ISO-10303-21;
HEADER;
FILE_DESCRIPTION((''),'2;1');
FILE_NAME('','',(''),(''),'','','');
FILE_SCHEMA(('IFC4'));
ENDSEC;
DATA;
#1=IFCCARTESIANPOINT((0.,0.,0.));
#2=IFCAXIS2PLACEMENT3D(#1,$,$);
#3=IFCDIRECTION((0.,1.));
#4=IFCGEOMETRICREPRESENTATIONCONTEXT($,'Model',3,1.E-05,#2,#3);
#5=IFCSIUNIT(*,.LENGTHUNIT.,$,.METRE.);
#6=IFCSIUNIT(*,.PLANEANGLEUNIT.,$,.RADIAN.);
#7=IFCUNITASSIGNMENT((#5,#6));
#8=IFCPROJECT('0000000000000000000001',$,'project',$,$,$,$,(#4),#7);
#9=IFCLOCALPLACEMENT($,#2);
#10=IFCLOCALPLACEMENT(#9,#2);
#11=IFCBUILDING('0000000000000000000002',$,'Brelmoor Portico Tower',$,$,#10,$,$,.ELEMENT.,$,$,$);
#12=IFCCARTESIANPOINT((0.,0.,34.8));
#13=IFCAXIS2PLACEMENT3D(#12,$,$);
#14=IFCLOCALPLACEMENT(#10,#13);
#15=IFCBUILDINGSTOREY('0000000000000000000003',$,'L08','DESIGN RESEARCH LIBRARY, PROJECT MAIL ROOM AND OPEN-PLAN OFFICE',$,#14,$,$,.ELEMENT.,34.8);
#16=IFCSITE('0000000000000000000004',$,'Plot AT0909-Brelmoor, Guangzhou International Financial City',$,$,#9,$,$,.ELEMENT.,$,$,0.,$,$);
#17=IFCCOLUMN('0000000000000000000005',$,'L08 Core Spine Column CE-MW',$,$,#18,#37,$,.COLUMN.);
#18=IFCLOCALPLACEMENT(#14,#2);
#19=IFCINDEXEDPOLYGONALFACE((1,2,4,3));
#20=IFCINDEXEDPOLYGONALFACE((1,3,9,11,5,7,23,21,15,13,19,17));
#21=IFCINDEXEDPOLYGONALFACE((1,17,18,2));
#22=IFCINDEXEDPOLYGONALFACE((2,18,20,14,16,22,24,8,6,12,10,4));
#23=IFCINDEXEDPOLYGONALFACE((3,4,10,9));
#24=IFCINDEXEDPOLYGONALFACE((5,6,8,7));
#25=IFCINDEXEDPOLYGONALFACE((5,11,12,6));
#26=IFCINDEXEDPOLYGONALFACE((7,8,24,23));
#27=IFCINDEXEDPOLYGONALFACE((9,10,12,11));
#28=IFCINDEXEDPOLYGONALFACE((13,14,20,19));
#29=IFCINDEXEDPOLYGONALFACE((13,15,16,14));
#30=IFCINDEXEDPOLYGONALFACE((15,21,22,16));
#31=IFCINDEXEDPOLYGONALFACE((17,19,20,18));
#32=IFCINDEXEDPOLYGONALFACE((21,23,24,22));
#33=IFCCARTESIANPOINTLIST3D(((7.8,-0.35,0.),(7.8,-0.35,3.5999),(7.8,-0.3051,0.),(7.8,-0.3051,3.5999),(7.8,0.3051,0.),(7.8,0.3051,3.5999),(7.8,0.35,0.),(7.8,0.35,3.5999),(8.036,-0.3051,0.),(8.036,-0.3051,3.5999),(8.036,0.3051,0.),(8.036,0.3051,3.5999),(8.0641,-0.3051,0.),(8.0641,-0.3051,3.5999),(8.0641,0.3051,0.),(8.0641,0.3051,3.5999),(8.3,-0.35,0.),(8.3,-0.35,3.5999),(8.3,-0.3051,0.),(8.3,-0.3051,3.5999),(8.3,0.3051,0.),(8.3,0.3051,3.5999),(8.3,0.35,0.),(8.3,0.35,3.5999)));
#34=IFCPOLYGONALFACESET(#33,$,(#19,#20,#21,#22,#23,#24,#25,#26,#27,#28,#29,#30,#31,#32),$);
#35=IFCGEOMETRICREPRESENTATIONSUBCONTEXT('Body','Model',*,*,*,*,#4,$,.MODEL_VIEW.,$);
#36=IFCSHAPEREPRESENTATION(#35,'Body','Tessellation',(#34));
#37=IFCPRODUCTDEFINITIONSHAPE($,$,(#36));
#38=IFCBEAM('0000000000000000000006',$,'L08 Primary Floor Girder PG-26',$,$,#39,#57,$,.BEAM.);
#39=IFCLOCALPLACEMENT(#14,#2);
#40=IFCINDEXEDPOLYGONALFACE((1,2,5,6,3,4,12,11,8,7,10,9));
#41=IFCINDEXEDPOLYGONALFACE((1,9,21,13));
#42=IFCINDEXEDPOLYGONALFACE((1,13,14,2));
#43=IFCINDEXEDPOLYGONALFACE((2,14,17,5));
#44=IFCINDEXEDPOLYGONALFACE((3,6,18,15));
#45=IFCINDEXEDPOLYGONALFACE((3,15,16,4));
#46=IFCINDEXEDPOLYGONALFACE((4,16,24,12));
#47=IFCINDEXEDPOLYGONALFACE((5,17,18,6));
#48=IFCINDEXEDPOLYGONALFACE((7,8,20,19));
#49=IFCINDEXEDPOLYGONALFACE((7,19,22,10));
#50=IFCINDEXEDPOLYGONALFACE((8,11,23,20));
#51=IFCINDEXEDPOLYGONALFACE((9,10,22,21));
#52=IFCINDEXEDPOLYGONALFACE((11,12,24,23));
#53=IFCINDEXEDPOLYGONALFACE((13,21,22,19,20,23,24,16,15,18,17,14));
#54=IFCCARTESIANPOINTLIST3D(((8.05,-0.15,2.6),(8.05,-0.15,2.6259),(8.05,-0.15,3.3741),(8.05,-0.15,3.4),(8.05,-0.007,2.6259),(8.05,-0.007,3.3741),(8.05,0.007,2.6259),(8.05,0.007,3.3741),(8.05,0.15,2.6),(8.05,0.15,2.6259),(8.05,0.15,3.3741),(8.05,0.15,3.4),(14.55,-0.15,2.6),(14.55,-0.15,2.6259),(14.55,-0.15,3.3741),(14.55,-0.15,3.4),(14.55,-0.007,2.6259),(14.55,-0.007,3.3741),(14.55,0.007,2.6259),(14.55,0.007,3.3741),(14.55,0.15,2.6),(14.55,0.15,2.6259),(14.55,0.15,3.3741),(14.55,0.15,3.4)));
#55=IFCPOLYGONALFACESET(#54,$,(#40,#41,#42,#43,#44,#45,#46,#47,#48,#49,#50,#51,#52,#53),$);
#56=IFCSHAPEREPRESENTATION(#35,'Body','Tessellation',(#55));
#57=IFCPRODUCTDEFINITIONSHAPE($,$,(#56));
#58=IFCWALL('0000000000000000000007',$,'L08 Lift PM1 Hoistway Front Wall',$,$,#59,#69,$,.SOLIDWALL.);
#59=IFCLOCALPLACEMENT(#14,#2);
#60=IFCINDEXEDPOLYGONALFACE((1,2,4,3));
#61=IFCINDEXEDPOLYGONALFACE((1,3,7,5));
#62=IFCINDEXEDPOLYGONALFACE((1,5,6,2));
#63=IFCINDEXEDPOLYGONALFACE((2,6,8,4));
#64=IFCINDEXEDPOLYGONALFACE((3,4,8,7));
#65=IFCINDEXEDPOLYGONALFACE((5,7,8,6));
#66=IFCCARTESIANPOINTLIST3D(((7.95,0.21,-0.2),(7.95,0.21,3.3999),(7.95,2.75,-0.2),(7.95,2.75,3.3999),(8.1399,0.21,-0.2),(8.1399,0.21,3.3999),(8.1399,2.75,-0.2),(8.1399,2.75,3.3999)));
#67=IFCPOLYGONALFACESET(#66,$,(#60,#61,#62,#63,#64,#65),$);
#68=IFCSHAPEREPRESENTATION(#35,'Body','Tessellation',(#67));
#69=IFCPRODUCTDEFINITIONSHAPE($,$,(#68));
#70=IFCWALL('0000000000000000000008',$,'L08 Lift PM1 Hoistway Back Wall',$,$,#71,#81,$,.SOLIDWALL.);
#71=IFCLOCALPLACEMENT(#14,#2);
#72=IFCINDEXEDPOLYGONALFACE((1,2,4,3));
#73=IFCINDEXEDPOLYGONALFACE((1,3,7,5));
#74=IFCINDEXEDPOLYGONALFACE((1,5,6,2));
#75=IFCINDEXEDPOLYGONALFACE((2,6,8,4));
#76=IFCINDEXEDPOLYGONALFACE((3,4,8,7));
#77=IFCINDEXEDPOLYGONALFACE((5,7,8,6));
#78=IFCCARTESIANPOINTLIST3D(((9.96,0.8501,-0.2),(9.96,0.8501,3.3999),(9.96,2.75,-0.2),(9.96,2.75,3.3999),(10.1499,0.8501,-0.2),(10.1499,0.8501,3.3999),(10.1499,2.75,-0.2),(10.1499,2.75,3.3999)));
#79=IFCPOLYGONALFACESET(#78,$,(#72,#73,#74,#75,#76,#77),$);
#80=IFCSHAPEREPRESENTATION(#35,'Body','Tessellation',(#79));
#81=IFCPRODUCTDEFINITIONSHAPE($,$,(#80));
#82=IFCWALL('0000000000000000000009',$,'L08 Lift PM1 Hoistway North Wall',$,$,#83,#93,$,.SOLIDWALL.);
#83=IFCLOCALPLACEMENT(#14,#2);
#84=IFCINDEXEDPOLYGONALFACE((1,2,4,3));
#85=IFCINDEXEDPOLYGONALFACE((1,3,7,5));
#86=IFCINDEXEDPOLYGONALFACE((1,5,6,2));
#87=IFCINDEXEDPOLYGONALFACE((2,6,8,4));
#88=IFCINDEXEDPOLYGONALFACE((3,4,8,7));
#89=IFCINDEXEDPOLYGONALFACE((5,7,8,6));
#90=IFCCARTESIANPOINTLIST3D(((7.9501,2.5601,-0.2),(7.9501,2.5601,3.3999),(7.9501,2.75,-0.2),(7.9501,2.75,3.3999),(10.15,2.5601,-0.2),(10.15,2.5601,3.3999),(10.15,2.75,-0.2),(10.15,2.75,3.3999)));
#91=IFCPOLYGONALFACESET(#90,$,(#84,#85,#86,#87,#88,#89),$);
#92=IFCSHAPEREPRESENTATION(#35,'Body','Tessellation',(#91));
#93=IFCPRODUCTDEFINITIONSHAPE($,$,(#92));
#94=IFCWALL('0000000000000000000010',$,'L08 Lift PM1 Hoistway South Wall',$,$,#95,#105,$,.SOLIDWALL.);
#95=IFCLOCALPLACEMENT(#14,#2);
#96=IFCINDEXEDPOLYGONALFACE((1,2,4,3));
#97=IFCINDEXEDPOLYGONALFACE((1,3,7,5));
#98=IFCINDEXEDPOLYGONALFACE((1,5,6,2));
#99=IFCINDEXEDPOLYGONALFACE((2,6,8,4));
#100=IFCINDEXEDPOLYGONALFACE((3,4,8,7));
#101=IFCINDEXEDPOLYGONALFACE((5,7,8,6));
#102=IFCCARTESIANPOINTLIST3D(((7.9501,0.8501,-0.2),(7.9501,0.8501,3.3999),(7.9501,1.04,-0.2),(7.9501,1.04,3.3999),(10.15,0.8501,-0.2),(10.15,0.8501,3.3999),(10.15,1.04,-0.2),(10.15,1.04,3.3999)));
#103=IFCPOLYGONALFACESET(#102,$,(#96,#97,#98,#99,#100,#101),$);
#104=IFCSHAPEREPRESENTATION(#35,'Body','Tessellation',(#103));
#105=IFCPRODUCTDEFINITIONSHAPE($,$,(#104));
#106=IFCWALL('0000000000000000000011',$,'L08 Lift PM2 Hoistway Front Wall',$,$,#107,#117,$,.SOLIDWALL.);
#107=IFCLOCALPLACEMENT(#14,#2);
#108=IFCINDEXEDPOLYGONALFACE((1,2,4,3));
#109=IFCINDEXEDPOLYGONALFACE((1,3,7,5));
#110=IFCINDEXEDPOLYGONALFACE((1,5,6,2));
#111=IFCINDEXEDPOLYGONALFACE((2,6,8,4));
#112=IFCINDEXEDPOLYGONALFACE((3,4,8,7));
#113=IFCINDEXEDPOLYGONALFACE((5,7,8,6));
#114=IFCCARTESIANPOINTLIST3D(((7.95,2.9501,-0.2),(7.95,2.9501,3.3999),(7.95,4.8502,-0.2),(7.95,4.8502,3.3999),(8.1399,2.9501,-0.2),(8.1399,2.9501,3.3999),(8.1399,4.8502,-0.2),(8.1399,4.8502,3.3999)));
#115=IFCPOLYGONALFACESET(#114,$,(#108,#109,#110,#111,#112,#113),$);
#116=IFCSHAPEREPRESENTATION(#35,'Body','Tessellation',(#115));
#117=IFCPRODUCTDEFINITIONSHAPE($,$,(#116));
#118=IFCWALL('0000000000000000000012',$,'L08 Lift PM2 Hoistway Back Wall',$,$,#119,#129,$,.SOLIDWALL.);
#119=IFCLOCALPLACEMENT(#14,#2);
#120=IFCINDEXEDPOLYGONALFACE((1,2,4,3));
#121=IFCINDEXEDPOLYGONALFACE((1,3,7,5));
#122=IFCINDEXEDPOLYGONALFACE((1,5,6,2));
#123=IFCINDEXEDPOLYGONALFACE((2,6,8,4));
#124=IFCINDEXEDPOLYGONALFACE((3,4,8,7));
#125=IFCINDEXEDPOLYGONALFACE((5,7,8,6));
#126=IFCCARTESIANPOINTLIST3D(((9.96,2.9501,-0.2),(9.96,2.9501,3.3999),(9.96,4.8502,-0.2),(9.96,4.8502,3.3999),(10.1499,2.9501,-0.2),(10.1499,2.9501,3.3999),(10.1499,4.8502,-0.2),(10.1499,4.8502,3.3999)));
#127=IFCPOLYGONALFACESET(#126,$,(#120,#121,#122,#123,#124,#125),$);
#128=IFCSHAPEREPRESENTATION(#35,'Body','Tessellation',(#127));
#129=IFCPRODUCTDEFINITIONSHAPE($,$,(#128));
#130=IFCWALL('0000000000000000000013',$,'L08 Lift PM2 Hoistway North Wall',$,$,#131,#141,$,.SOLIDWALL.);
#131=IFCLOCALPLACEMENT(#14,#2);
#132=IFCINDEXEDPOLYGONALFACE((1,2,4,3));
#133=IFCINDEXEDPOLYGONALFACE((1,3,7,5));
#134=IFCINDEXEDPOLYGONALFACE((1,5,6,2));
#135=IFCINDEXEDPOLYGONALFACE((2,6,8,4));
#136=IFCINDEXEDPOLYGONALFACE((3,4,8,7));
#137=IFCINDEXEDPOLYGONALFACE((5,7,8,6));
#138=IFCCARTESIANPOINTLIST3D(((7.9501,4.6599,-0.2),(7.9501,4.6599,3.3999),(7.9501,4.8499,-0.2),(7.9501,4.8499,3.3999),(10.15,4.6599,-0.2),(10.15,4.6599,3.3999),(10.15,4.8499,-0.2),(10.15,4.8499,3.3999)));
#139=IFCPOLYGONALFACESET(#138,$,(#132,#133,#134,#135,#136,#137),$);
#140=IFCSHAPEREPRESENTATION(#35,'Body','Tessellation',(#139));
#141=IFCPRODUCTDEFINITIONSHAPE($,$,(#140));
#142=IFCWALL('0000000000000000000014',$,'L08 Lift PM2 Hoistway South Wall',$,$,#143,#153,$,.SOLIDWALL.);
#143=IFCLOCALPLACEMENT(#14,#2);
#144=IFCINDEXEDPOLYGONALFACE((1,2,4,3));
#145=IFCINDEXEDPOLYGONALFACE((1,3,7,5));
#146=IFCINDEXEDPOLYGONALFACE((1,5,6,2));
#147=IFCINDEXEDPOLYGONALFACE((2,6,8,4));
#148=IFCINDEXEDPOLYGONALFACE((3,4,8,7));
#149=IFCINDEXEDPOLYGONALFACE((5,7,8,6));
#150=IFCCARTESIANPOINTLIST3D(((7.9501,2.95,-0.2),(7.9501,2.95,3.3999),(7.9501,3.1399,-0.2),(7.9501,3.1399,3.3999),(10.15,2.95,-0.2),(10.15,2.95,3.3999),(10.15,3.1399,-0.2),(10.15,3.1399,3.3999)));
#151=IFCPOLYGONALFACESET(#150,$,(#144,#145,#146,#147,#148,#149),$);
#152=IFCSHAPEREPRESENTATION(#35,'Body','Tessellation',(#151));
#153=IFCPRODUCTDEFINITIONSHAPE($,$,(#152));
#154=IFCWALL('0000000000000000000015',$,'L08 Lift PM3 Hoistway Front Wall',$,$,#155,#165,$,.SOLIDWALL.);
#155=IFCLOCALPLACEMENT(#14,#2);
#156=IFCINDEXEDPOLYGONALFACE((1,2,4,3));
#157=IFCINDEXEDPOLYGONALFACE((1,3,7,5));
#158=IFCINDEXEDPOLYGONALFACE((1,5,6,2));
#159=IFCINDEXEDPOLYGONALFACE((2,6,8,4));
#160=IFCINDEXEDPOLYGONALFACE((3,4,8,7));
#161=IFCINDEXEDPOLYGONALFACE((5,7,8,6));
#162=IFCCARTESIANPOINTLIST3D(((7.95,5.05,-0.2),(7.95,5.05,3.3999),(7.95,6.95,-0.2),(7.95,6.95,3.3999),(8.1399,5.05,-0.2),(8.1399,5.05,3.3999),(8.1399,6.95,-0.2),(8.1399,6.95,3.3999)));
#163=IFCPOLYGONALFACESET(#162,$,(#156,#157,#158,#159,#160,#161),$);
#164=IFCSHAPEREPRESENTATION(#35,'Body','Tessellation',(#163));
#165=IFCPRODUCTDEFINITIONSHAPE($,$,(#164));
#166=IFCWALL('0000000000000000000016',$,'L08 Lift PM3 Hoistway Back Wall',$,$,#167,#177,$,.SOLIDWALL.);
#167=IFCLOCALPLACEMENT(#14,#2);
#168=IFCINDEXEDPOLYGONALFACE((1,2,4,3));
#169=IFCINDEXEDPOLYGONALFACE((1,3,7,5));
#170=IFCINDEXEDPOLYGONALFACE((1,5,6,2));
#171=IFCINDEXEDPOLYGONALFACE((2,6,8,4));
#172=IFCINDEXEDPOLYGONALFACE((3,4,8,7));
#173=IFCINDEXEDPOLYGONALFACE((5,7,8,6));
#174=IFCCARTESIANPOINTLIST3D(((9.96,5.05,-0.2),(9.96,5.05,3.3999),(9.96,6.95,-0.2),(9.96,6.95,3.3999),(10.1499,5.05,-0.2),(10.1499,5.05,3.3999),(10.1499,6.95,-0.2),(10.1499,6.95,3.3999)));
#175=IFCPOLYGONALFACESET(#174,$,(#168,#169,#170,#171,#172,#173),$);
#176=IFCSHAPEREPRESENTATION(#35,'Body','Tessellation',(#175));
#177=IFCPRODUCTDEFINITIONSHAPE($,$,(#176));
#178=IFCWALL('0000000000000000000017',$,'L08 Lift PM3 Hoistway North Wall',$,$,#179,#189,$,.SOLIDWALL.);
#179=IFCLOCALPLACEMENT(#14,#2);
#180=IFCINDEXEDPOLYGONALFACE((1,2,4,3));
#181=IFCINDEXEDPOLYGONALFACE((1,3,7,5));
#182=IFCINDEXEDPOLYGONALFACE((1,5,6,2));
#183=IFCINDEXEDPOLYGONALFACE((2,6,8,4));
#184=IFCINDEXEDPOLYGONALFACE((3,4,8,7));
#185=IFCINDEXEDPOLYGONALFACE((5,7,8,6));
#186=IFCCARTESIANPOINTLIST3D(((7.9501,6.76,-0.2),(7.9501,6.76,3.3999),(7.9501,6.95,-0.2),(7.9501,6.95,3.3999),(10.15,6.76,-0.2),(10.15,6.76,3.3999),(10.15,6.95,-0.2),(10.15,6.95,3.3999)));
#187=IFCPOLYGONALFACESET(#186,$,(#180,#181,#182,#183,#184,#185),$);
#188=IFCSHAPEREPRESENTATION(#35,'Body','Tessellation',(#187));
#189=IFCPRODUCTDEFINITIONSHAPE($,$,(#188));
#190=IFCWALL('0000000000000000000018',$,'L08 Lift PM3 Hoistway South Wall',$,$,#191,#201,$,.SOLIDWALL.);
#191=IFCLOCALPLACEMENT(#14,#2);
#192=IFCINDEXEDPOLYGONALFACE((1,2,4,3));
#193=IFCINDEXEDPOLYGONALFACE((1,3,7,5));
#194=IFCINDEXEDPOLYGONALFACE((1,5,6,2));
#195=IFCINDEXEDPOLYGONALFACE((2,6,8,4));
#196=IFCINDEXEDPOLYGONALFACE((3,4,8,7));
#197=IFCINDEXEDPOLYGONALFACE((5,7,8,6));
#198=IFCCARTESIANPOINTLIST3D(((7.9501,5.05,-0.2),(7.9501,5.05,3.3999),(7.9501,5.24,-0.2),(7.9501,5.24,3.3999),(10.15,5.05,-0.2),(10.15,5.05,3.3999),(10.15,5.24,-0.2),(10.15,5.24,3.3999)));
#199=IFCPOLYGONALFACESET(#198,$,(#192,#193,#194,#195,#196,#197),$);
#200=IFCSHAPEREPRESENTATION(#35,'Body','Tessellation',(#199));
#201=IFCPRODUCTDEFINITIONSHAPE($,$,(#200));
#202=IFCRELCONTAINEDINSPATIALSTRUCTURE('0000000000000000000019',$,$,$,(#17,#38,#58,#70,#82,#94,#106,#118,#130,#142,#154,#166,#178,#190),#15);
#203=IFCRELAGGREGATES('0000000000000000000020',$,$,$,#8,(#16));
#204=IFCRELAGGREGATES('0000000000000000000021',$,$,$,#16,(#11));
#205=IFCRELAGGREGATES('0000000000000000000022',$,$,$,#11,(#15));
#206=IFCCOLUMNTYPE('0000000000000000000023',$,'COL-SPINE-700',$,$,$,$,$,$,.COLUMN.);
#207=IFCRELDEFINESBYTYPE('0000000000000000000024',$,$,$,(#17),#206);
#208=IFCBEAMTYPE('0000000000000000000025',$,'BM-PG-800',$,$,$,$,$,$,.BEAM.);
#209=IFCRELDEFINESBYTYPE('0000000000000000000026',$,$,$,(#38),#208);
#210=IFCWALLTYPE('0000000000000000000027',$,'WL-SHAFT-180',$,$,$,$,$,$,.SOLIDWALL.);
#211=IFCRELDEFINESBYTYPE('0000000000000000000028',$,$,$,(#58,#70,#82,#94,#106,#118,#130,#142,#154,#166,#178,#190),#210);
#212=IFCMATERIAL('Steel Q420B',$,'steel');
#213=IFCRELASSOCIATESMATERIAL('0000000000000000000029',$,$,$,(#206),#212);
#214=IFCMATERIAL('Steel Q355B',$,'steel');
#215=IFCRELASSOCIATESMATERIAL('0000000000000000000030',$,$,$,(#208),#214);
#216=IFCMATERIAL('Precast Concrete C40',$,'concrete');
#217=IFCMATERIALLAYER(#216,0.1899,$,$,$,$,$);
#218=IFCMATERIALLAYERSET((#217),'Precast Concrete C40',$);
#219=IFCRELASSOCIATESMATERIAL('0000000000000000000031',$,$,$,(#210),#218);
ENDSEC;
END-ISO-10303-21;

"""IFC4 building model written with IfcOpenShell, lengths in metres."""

from ifc_helpers import new_model, si_unit, direction, frame, frame_2d, origin, origin_2d, place, context, subcontext, project, spatial, rectangle, i_section, extrude, material, layer, layer_set, material_profile, profile_set, type_object, element, save


model = new_model("IFC4")

# Units and contexts
model_context = context("Model", 3, precision=1e-05, world=origin(), true_north=direction((0.0, 1.0)))
body_context = subcontext(model_context, "Body", "Model", "MODEL_VIEW")
ifc_project = project(units=[si_unit("LENGTHUNIT", "METRE"), si_unit("PLANEANGLEUNIT", "RADIAN")], contexts=[model_context])

# Site, building, storey
site_placement = place(None, origin())
site = spatial("IfcSite", under=ifc_project, at=site_placement, Name="Plot AT0909-Brelmoor, Guangzhou International Financial City", CompositionType="ELEMENT", RefElevation=0.0)
building_placement = place(site_placement, origin())
building = spatial("IfcBuilding", under=site, at=building_placement, Name="Brelmoor Portico Tower", CompositionType="ELEMENT")
storey_placement = place(building_placement, frame((0.0, 0.0, 34.8)))
storey = spatial("IfcBuildingStorey", under=building, at=storey_placement, Name="L08", Description="DESIGN RESEARCH LIBRARY, PROJECT MAIL ROOM AND OPEN-PLAN OFFICE", CompositionType="ELEMENT", Elevation=34.8)

# Column
ifc_material_1 = material(Name="Steel Q420B", Category="steel")
ifc_material_profile_1 = material_profile(ifc_material_1, i_section(OverallWidth=0.5, OverallDepth=0.7, WebThickness=0.0281, FlangeThickness=0.0449, at=origin_2d()), Name="HW 700x500x28x45")
ifc_profile_set_1 = profile_set([ifc_material_profile_1], Name="Steel Q420B")
column_type = type_object("IfcColumnType", Name="COL-SPINE-700", PredefinedType="COLUMN", material=ifc_profile_set_1)
column_placement = place(storey_placement, frame((8.05, 0.0, 0.0), z_axis=(0.0, 0.0, 1.0), x_axis=(1.0, 0.0, 0.0)))
element("IfcColumn", 1, at=column_placement, inside=storey, type_object=column_type, Name="L08 Core Spine Column CE-MW", PredefinedType="COLUMN", context=body_context, shape_type="SweptSolid", body=[
    extrude(i_section(OverallWidth=0.5, OverallDepth=0.7, WebThickness=0.0281, FlangeThickness=0.0449, at=origin_2d()), origin(), (0.0, 0.0, 1.0), 3.5999),
])

# Beam
ifc_material_2 = material(Name="Steel Q355B", Category="steel")
ifc_material_profile_2 = material_profile(ifc_material_2, i_section(OverallWidth=0.3, OverallDepth=0.8, WebThickness=0.0139, FlangeThickness=0.0259, at=origin_2d()), Name="HN 800x300x14x26")
ifc_profile_set_2 = profile_set([ifc_material_profile_2], Name="Steel Q355B")
beam_type = type_object("IfcBeamType", Name="BM-PG-800", PredefinedType="BEAM", material=ifc_profile_set_2)
beam_placement = place(storey_placement, frame((8.05, 0.0, 3.0), z_axis=(1.0, 0.0, 0.0), x_axis=(0.0, 1.0, 0.0)))
element("IfcBeam", 2, at=beam_placement, inside=storey, type_object=beam_type, Name="L08 Primary Floor Girder PG-26", PredefinedType="BEAM", context=body_context, shape_type="SweptSolid", body=[
    extrude(i_section(OverallWidth=0.3, OverallDepth=0.8, WebThickness=0.0139, FlangeThickness=0.0259, at=origin_2d()), origin(), (0.0, 0.0, 1.0), 6.5),
])

# Walls
ifc_material_3 = material(Name="Precast Concrete C40", Category="concrete")
ifc_layer_1 = layer(ifc_material_3, 0.1899)
ifc_layer_set_1 = layer_set([ifc_layer_1], Name="Precast Concrete C40")
wall_type_1 = type_object("IfcWallType", Name="WL-SHAFT-180", PredefinedType="SOLIDWALL", material=ifc_layer_set_1)
wall_1_placement = place(storey_placement, frame((8.0449, 0.21, -0.2), z_axis=(0.0, 0.0, 1.0), x_axis=(0.0, 1.0, 0.0)))
element("IfcWall", 3, at=wall_1_placement, inside=storey, type_object=wall_type_1, Name="L08 Lift PM1 Hoistway Front Wall", PredefinedType="SOLIDWALL", context=body_context, shape_type="SweptSolid", body=[
    extrude(rectangle(XDim=2.54, YDim=0.1899, at=frame_2d((1.27, 0.0))), origin(), (0.0, 0.0, 1.0), 3.5999),
])
wall_2_placement = place(storey_placement, frame((10.0549, 0.8501, -0.2), z_axis=(0.0, 0.0, 1.0), x_axis=(0.0, 1.0, 0.0)))
element("IfcWall", 4, at=wall_2_placement, inside=storey, type_object=wall_type_1, Name="L08 Lift PM1 Hoistway Back Wall", PredefinedType="SOLIDWALL", context=body_context, shape_type="SweptSolid", body=[
    extrude(rectangle(XDim=1.8999, YDim=0.1899, at=frame_2d((0.95, 0.0))), origin(), (0.0, 0.0, 1.0), 3.5999),
])
for number, where, z_axis, x_axis, name in (
    (5, (7.95, 2.655, -0.2), (0.0, 0.0, 1.0), (1.0, 0.0, 0.0), "L08 Lift PM1 Hoistway North Wall"),
    (6, (7.95, 0.9451, -0.2), (0.0, 0.0, 1.0), (1.0, 0.0, 0.0), "L08 Lift PM1 Hoistway South Wall"),
):
    element("IfcWall", number, at=place(storey_placement, frame(where, z_axis=z_axis, x_axis=x_axis)), inside=storey, type_object=wall_type_1, Name=name, PredefinedType="SOLIDWALL", context=body_context, shape_type="SweptSolid", body=[
        extrude(rectangle(XDim=2.2, YDim=0.1899, at=frame_2d((1.1001, 0.0))), origin(), (0.0, 0.0, 1.0), 3.5999),
    ])
for number, where, z_axis, x_axis, name in (
    (7, (8.0449, 2.95, -0.2), (0.0, 0.0, 1.0), (0.0, 1.0, 0.0), "L08 Lift PM2 Hoistway Front Wall"),
    (8, (10.0549, 2.95, -0.2), (0.0, 0.0, 1.0), (0.0, 1.0, 0.0), "L08 Lift PM2 Hoistway Back Wall"),
):
    element("IfcWall", number, at=place(storey_placement, frame(where, z_axis=z_axis, x_axis=x_axis)), inside=storey, type_object=wall_type_1, Name=name, PredefinedType="SOLIDWALL", context=body_context, shape_type="SweptSolid", body=[
        extrude(rectangle(XDim=1.9001, YDim=0.1899, at=frame_2d((0.9502, 0.0))), origin(), (0.0, 0.0, 1.0), 3.5999),
    ])
for number, where, z_axis, x_axis, name in (
    (9, (7.95, 4.7549, -0.2), (0.0, 0.0, 1.0), (1.0, 0.0, 0.0), "L08 Lift PM2 Hoistway North Wall"),
    (10, (7.95, 3.0449, -0.2), (0.0, 0.0, 1.0), (1.0, 0.0, 0.0), "L08 Lift PM2 Hoistway South Wall"),
):
    element("IfcWall", number, at=place(storey_placement, frame(where, z_axis=z_axis, x_axis=x_axis)), inside=storey, type_object=wall_type_1, Name=name, PredefinedType="SOLIDWALL", context=body_context, shape_type="SweptSolid", body=[
        extrude(rectangle(XDim=2.2, YDim=0.1899, at=frame_2d((1.1001, 0.0))), origin(), (0.0, 0.0, 1.0), 3.5999),
    ])
for number, where, z_axis, x_axis, name in (
    (11, (8.0449, 5.05, -0.2), (0.0, 0.0, 1.0), (0.0, 1.0, 0.0), "L08 Lift PM3 Hoistway Front Wall"),
    (12, (10.0549, 5.05, -0.2), (0.0, 0.0, 1.0), (0.0, 1.0, 0.0), "L08 Lift PM3 Hoistway Back Wall"),
):
    element("IfcWall", number, at=place(storey_placement, frame(where, z_axis=z_axis, x_axis=x_axis)), inside=storey, type_object=wall_type_1, Name=name, PredefinedType="SOLIDWALL", context=body_context, shape_type="SweptSolid", body=[
        extrude(rectangle(XDim=1.8999, YDim=0.1899, at=frame_2d((0.95, 0.0))), origin(), (0.0, 0.0, 1.0), 3.5999),
    ])
for number, where, z_axis, x_axis, name in (
    (13, (7.95, 6.855, -0.2), (0.0, 0.0, 1.0), (1.0, 0.0, 0.0), "L08 Lift PM3 Hoistway North Wall"),
    (14, (7.95, 5.145, -0.2), (0.0, 0.0, 1.0), (1.0, 0.0, 0.0), "L08 Lift PM3 Hoistway South Wall"),
):
    element("IfcWall", number, at=place(storey_placement, frame(where, z_axis=z_axis, x_axis=x_axis)), inside=storey, type_object=wall_type_1, Name=name, PredefinedType="SOLIDWALL", context=body_context, shape_type="SweptSolid", body=[
        extrude(rectangle(XDim=2.2, YDim=0.1899, at=frame_2d((1.1001, 0.0))), origin(), (0.0, 0.0, 1.0), 3.5999),
    ])

save(model, "model.ifc")
